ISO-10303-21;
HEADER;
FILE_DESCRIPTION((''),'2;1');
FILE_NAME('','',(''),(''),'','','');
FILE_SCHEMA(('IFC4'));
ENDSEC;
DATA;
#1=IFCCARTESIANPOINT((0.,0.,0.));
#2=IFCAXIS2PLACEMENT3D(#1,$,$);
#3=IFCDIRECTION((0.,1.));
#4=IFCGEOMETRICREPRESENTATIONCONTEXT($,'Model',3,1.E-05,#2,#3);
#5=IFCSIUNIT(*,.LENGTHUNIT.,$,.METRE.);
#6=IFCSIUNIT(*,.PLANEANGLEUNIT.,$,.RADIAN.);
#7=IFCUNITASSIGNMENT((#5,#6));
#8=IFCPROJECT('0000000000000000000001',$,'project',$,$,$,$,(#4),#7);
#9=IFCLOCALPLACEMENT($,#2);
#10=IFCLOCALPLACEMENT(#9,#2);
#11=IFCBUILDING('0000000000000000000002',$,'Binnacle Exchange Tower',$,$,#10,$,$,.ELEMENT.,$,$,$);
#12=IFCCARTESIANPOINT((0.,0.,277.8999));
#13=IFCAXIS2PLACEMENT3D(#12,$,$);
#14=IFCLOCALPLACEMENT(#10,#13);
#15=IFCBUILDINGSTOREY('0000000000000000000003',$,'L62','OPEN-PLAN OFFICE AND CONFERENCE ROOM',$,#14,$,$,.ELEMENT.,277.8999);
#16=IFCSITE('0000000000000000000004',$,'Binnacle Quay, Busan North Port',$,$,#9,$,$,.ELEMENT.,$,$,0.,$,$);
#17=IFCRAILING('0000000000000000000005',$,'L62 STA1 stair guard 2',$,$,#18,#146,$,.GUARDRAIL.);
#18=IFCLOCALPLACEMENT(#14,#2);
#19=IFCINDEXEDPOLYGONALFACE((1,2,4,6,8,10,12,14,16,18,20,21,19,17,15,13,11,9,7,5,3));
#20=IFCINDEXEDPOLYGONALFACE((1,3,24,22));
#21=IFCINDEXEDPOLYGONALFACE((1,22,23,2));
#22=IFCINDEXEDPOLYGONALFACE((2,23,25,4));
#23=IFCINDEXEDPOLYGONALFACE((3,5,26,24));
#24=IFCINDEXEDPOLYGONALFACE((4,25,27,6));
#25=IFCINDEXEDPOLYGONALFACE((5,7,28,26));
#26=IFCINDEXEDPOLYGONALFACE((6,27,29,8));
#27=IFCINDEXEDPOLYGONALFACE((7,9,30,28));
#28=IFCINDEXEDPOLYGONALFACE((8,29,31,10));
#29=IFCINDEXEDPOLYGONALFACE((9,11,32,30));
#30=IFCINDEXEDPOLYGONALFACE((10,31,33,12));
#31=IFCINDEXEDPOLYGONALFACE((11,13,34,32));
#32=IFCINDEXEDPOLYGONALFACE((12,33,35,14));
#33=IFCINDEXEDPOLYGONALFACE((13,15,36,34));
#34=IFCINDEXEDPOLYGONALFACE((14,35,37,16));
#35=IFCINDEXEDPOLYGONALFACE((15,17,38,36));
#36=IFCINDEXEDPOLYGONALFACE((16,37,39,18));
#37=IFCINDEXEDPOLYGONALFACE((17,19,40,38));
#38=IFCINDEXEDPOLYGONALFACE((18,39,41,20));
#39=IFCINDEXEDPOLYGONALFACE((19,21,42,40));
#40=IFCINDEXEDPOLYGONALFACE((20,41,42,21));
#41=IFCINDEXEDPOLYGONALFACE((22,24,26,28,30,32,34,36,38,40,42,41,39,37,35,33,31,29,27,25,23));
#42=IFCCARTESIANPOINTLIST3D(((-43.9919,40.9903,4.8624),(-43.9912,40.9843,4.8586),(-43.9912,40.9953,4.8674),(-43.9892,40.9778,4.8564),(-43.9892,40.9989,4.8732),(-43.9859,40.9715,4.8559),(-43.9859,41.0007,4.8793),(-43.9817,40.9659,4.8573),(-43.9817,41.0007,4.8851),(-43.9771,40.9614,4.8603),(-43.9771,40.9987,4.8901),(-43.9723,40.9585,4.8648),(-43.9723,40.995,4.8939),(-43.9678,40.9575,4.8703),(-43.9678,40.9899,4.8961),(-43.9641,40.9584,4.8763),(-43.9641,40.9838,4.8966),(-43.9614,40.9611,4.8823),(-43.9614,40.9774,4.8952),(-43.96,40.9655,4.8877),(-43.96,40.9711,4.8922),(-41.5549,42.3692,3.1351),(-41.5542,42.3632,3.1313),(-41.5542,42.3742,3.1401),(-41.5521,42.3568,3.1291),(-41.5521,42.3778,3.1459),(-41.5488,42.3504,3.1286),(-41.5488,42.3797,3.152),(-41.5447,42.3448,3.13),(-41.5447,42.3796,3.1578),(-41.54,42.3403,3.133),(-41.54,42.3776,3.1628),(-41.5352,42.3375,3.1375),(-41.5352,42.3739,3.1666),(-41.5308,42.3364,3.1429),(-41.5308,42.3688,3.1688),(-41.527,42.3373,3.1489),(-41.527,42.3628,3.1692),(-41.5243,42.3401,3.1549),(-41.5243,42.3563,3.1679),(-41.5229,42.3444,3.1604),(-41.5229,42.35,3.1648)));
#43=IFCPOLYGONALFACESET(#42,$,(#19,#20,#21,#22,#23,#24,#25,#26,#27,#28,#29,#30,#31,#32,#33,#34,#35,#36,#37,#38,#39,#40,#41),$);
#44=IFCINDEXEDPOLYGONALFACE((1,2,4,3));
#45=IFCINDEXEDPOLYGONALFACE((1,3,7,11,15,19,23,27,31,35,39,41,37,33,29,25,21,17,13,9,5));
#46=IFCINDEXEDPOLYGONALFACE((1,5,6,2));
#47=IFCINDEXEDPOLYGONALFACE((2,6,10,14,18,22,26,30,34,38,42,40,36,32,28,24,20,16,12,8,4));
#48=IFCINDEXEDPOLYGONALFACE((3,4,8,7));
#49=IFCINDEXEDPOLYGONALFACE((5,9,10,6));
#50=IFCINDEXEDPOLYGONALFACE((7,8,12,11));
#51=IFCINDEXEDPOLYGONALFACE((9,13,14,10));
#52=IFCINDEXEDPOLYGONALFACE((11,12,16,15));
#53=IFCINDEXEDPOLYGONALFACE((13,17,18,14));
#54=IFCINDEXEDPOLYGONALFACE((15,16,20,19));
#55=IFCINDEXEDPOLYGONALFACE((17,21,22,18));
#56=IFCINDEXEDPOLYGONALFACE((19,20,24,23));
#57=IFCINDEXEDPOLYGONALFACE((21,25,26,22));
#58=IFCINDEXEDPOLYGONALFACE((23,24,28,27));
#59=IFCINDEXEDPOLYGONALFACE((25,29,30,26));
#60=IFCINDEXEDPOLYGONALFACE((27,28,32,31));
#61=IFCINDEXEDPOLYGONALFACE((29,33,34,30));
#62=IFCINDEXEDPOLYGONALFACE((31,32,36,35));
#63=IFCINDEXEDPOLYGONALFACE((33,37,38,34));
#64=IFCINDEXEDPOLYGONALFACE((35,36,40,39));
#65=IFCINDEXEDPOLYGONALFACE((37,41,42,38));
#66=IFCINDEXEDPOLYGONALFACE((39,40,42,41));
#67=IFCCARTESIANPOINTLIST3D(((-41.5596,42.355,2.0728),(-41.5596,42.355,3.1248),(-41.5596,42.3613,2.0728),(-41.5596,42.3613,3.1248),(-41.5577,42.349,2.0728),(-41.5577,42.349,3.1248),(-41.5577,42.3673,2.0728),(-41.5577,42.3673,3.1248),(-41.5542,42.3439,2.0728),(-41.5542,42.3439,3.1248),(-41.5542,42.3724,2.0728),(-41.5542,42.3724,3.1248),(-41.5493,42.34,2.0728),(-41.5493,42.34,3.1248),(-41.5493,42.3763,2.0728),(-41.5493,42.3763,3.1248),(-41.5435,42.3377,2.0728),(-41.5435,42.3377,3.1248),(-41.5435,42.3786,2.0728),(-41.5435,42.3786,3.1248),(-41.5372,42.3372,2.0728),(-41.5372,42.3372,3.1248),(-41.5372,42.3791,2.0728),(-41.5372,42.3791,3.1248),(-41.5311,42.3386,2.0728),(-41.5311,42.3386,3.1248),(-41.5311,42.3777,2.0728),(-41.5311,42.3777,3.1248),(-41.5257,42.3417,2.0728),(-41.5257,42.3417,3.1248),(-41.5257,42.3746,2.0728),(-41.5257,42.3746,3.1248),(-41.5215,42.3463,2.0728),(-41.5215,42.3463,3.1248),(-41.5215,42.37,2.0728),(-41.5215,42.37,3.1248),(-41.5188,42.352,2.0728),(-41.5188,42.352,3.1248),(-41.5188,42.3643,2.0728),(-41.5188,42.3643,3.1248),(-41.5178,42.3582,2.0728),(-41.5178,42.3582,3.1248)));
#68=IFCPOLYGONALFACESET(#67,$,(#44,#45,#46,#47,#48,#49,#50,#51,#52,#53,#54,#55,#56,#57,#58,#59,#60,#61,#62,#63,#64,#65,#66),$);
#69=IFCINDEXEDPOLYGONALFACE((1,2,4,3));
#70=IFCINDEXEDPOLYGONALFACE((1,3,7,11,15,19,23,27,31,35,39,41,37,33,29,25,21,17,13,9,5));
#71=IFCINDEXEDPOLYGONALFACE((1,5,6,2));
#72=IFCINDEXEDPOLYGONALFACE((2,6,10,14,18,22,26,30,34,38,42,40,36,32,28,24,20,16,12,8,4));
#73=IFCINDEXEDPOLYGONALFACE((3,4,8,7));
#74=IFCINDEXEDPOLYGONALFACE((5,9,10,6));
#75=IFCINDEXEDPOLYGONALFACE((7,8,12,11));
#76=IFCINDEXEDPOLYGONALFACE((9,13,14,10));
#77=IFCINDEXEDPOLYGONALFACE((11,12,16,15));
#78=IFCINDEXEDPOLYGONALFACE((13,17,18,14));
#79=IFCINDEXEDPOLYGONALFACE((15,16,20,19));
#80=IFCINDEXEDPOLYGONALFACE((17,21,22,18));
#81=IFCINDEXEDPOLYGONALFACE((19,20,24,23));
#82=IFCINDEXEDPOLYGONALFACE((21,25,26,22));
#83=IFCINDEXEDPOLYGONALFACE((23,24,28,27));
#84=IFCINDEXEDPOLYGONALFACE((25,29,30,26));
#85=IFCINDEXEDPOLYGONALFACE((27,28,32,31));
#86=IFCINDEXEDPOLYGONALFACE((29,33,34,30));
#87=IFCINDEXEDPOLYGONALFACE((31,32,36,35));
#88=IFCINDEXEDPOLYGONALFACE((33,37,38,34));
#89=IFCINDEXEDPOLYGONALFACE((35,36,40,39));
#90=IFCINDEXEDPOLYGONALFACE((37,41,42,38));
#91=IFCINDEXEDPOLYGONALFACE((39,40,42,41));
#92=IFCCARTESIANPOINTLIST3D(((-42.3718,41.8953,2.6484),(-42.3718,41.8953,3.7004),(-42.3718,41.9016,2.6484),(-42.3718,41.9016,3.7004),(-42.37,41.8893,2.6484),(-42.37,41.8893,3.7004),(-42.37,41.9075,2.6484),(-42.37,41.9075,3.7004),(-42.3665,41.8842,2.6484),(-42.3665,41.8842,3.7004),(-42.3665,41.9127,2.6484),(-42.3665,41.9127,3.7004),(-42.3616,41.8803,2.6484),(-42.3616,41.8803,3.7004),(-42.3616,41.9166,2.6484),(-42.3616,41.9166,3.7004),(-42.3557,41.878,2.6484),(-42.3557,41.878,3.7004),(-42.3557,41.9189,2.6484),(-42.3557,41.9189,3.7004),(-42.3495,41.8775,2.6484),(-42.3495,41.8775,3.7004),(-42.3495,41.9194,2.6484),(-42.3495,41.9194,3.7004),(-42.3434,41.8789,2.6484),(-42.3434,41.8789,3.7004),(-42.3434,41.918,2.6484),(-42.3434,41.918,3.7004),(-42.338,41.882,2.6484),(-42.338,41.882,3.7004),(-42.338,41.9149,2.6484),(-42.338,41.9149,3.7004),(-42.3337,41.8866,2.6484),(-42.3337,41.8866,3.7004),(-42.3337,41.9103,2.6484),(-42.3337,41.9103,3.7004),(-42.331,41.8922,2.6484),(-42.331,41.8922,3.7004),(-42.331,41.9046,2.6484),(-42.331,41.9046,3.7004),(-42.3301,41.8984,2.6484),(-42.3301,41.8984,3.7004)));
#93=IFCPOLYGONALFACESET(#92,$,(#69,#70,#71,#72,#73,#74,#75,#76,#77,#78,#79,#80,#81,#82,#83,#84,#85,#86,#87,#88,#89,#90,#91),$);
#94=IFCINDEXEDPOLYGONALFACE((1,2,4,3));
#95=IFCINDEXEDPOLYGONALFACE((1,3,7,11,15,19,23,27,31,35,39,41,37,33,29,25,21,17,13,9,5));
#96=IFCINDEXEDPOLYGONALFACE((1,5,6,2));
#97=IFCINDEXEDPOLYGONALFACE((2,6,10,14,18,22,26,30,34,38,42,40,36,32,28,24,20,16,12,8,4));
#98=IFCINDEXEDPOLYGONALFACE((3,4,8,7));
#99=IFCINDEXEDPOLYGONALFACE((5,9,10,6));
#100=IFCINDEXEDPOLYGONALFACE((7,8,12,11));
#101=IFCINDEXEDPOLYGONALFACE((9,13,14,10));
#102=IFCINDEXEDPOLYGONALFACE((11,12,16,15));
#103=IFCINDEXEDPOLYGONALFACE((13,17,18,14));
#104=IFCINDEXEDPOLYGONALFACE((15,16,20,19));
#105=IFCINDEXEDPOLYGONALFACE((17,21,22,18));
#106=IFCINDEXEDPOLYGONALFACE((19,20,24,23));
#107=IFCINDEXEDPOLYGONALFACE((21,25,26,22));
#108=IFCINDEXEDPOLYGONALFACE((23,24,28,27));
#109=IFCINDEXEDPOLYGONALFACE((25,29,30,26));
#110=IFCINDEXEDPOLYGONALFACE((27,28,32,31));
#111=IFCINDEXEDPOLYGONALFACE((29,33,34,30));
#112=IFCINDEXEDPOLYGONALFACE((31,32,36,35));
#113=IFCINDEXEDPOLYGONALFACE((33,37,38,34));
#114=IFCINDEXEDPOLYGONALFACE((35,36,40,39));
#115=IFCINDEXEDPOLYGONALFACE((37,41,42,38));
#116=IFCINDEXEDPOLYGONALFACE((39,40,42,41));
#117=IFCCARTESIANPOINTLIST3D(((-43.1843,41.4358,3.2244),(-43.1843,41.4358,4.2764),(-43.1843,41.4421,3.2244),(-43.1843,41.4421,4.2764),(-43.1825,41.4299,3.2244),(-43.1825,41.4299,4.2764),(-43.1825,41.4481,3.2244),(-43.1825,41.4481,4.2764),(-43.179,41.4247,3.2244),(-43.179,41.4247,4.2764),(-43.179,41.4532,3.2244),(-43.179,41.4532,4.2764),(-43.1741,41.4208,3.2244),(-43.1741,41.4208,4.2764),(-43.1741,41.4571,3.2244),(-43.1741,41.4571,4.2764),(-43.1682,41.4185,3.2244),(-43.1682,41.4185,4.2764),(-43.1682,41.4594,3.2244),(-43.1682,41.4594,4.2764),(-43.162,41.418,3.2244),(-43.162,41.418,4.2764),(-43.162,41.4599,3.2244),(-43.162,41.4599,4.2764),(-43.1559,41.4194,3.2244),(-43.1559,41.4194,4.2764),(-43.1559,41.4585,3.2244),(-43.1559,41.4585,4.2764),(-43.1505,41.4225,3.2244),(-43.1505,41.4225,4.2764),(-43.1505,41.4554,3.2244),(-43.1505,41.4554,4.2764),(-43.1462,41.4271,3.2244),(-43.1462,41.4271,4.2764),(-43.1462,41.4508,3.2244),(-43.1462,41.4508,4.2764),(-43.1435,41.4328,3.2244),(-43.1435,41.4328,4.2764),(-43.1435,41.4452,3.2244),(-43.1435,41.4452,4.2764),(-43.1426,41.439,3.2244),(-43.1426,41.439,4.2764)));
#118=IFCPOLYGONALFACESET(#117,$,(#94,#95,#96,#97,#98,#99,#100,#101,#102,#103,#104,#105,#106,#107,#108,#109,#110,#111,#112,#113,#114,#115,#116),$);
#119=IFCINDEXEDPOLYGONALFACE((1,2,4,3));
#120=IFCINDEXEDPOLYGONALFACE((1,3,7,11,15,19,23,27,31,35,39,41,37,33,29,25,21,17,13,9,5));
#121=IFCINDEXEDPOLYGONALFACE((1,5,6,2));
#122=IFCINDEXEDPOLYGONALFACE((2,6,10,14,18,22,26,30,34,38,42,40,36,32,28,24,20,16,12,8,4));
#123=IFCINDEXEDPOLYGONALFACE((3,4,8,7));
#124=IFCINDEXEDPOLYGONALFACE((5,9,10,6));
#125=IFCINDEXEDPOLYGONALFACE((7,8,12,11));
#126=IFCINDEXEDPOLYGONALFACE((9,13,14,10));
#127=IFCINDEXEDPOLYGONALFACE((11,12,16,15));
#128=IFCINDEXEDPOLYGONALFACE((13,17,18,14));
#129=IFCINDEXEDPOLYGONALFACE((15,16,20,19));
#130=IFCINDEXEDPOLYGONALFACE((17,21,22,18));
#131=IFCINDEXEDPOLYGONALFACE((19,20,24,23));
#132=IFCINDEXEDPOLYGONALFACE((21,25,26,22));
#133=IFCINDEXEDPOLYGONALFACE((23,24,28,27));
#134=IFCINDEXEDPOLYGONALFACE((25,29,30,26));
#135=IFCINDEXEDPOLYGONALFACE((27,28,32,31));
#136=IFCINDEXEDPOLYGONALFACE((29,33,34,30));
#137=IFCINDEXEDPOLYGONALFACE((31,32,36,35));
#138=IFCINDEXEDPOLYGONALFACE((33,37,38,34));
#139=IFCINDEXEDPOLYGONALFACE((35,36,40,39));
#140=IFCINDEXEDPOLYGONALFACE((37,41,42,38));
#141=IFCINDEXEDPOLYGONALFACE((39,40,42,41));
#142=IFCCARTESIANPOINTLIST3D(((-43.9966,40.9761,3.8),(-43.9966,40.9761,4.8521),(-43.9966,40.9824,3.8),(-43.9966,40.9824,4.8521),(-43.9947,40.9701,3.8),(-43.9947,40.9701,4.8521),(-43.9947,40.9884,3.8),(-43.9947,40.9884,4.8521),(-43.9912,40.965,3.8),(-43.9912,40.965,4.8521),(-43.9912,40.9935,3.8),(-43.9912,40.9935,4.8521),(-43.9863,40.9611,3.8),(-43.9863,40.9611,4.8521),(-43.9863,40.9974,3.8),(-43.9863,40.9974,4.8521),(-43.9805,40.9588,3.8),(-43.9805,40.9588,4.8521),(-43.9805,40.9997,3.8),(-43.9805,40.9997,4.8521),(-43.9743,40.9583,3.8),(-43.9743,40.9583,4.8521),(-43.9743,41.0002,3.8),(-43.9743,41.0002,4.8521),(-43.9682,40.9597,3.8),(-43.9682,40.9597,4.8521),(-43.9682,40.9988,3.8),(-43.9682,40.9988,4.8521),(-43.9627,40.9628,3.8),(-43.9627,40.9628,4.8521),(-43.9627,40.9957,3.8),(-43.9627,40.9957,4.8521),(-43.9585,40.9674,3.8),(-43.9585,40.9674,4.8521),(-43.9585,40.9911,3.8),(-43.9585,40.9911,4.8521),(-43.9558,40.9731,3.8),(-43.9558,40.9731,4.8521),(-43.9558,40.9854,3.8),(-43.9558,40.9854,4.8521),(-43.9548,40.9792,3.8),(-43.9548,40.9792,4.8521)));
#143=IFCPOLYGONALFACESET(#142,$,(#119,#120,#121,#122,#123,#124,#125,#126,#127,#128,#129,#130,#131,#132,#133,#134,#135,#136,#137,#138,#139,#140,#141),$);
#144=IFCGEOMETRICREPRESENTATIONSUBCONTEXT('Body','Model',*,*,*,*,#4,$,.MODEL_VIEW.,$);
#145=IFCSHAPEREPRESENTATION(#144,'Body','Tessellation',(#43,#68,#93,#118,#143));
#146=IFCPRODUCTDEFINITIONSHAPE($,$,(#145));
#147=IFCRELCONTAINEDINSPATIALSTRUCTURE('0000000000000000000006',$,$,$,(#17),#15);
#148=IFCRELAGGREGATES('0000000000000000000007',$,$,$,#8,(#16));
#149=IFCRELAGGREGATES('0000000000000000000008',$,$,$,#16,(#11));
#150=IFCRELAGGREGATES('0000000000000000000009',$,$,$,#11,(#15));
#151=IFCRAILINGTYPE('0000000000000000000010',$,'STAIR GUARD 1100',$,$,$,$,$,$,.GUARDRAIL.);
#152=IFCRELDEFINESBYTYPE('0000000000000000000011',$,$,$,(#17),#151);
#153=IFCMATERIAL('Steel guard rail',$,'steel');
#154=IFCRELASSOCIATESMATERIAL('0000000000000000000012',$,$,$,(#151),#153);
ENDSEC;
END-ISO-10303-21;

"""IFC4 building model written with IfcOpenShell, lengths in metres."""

from ifc_helpers import new_model, si_unit, direction, frame, origin, origin_2d, place, context, subcontext, project, spatial, circle, extrude, material, type_object, element, save


model = new_model("IFC4")

# Units and contexts
model_context = context("Model", 3, precision=1e-05, world=origin(), true_north=direction((0.0, 1.0)))
body_context = subcontext(model_context, "Body", "Model", "MODEL_VIEW")
ifc_project = project(units=[si_unit("LENGTHUNIT", "METRE"), si_unit("PLANEANGLEUNIT", "RADIAN")], contexts=[model_context])

# Site, building, storey
site_placement = place(None, origin())
site = spatial("IfcSite", under=ifc_project, at=site_placement, Name="Binnacle Quay, Busan North Port", CompositionType="ELEMENT", RefElevation=0.0)
building_placement = place(site_placement, origin())
building = spatial("IfcBuilding", under=site, at=building_placement, Name="Binnacle Exchange Tower", CompositionType="ELEMENT")
storey_placement = place(building_placement, frame((0.0, 0.0, 277.8999)))
storey = spatial("IfcBuildingStorey", under=building, at=storey_placement, Name="L62", Description="OPEN-PLAN OFFICE AND CONFERENCE ROOM", CompositionType="ELEMENT", Elevation=277.8999)

# Railing
ifc_material_1 = material(Name="Steel guard rail", Category="steel")
railing_type = type_object("IfcRailingType", Name="STAIR GUARD 1100", PredefinedType="GUARDRAIL", material=ifc_material_1)
railing_placement = place(storey_placement, frame((-41.5388, 42.3582, 2.0728)))
element("IfcRailing", 1, at=railing_placement, inside=storey, type_object=railing_type, Name="L62 STA1 stair guard 2", PredefinedType="GUARDRAIL", context=body_context, shape_type="SweptSolid", body=[
    extrude(circle(Radius=0.0239, at=origin_2d()), frame((0.0, 0.0, 1.0762), z_axis=(-0.740738, -0.419123, 0.525017), x_axis=(0.492454, -0.870339, 0.0)), (0.0, 0.0, 1.0), 3.29),
    extrude(circle(Radius=0.021, at=origin_2d()), origin(), (0.0, 0.0, 1.0), 1.052),
    extrude(circle(Radius=0.021, at=origin_2d()), frame((-0.8123, -0.4597, 0.5757)), (0.0, 0.0, 1.0), 1.052),
    extrude(circle(Radius=0.021, at=origin_2d()), frame((-1.6248, -0.9192, 1.1516)), (0.0, 0.0, 1.0), 1.052),
    extrude(circle(Radius=0.021, at=origin_2d()), frame((-2.437, -1.3789, 1.7273)), (0.0, 0.0, 1.0), 1.052),
])

save(model, "model.ifc")
